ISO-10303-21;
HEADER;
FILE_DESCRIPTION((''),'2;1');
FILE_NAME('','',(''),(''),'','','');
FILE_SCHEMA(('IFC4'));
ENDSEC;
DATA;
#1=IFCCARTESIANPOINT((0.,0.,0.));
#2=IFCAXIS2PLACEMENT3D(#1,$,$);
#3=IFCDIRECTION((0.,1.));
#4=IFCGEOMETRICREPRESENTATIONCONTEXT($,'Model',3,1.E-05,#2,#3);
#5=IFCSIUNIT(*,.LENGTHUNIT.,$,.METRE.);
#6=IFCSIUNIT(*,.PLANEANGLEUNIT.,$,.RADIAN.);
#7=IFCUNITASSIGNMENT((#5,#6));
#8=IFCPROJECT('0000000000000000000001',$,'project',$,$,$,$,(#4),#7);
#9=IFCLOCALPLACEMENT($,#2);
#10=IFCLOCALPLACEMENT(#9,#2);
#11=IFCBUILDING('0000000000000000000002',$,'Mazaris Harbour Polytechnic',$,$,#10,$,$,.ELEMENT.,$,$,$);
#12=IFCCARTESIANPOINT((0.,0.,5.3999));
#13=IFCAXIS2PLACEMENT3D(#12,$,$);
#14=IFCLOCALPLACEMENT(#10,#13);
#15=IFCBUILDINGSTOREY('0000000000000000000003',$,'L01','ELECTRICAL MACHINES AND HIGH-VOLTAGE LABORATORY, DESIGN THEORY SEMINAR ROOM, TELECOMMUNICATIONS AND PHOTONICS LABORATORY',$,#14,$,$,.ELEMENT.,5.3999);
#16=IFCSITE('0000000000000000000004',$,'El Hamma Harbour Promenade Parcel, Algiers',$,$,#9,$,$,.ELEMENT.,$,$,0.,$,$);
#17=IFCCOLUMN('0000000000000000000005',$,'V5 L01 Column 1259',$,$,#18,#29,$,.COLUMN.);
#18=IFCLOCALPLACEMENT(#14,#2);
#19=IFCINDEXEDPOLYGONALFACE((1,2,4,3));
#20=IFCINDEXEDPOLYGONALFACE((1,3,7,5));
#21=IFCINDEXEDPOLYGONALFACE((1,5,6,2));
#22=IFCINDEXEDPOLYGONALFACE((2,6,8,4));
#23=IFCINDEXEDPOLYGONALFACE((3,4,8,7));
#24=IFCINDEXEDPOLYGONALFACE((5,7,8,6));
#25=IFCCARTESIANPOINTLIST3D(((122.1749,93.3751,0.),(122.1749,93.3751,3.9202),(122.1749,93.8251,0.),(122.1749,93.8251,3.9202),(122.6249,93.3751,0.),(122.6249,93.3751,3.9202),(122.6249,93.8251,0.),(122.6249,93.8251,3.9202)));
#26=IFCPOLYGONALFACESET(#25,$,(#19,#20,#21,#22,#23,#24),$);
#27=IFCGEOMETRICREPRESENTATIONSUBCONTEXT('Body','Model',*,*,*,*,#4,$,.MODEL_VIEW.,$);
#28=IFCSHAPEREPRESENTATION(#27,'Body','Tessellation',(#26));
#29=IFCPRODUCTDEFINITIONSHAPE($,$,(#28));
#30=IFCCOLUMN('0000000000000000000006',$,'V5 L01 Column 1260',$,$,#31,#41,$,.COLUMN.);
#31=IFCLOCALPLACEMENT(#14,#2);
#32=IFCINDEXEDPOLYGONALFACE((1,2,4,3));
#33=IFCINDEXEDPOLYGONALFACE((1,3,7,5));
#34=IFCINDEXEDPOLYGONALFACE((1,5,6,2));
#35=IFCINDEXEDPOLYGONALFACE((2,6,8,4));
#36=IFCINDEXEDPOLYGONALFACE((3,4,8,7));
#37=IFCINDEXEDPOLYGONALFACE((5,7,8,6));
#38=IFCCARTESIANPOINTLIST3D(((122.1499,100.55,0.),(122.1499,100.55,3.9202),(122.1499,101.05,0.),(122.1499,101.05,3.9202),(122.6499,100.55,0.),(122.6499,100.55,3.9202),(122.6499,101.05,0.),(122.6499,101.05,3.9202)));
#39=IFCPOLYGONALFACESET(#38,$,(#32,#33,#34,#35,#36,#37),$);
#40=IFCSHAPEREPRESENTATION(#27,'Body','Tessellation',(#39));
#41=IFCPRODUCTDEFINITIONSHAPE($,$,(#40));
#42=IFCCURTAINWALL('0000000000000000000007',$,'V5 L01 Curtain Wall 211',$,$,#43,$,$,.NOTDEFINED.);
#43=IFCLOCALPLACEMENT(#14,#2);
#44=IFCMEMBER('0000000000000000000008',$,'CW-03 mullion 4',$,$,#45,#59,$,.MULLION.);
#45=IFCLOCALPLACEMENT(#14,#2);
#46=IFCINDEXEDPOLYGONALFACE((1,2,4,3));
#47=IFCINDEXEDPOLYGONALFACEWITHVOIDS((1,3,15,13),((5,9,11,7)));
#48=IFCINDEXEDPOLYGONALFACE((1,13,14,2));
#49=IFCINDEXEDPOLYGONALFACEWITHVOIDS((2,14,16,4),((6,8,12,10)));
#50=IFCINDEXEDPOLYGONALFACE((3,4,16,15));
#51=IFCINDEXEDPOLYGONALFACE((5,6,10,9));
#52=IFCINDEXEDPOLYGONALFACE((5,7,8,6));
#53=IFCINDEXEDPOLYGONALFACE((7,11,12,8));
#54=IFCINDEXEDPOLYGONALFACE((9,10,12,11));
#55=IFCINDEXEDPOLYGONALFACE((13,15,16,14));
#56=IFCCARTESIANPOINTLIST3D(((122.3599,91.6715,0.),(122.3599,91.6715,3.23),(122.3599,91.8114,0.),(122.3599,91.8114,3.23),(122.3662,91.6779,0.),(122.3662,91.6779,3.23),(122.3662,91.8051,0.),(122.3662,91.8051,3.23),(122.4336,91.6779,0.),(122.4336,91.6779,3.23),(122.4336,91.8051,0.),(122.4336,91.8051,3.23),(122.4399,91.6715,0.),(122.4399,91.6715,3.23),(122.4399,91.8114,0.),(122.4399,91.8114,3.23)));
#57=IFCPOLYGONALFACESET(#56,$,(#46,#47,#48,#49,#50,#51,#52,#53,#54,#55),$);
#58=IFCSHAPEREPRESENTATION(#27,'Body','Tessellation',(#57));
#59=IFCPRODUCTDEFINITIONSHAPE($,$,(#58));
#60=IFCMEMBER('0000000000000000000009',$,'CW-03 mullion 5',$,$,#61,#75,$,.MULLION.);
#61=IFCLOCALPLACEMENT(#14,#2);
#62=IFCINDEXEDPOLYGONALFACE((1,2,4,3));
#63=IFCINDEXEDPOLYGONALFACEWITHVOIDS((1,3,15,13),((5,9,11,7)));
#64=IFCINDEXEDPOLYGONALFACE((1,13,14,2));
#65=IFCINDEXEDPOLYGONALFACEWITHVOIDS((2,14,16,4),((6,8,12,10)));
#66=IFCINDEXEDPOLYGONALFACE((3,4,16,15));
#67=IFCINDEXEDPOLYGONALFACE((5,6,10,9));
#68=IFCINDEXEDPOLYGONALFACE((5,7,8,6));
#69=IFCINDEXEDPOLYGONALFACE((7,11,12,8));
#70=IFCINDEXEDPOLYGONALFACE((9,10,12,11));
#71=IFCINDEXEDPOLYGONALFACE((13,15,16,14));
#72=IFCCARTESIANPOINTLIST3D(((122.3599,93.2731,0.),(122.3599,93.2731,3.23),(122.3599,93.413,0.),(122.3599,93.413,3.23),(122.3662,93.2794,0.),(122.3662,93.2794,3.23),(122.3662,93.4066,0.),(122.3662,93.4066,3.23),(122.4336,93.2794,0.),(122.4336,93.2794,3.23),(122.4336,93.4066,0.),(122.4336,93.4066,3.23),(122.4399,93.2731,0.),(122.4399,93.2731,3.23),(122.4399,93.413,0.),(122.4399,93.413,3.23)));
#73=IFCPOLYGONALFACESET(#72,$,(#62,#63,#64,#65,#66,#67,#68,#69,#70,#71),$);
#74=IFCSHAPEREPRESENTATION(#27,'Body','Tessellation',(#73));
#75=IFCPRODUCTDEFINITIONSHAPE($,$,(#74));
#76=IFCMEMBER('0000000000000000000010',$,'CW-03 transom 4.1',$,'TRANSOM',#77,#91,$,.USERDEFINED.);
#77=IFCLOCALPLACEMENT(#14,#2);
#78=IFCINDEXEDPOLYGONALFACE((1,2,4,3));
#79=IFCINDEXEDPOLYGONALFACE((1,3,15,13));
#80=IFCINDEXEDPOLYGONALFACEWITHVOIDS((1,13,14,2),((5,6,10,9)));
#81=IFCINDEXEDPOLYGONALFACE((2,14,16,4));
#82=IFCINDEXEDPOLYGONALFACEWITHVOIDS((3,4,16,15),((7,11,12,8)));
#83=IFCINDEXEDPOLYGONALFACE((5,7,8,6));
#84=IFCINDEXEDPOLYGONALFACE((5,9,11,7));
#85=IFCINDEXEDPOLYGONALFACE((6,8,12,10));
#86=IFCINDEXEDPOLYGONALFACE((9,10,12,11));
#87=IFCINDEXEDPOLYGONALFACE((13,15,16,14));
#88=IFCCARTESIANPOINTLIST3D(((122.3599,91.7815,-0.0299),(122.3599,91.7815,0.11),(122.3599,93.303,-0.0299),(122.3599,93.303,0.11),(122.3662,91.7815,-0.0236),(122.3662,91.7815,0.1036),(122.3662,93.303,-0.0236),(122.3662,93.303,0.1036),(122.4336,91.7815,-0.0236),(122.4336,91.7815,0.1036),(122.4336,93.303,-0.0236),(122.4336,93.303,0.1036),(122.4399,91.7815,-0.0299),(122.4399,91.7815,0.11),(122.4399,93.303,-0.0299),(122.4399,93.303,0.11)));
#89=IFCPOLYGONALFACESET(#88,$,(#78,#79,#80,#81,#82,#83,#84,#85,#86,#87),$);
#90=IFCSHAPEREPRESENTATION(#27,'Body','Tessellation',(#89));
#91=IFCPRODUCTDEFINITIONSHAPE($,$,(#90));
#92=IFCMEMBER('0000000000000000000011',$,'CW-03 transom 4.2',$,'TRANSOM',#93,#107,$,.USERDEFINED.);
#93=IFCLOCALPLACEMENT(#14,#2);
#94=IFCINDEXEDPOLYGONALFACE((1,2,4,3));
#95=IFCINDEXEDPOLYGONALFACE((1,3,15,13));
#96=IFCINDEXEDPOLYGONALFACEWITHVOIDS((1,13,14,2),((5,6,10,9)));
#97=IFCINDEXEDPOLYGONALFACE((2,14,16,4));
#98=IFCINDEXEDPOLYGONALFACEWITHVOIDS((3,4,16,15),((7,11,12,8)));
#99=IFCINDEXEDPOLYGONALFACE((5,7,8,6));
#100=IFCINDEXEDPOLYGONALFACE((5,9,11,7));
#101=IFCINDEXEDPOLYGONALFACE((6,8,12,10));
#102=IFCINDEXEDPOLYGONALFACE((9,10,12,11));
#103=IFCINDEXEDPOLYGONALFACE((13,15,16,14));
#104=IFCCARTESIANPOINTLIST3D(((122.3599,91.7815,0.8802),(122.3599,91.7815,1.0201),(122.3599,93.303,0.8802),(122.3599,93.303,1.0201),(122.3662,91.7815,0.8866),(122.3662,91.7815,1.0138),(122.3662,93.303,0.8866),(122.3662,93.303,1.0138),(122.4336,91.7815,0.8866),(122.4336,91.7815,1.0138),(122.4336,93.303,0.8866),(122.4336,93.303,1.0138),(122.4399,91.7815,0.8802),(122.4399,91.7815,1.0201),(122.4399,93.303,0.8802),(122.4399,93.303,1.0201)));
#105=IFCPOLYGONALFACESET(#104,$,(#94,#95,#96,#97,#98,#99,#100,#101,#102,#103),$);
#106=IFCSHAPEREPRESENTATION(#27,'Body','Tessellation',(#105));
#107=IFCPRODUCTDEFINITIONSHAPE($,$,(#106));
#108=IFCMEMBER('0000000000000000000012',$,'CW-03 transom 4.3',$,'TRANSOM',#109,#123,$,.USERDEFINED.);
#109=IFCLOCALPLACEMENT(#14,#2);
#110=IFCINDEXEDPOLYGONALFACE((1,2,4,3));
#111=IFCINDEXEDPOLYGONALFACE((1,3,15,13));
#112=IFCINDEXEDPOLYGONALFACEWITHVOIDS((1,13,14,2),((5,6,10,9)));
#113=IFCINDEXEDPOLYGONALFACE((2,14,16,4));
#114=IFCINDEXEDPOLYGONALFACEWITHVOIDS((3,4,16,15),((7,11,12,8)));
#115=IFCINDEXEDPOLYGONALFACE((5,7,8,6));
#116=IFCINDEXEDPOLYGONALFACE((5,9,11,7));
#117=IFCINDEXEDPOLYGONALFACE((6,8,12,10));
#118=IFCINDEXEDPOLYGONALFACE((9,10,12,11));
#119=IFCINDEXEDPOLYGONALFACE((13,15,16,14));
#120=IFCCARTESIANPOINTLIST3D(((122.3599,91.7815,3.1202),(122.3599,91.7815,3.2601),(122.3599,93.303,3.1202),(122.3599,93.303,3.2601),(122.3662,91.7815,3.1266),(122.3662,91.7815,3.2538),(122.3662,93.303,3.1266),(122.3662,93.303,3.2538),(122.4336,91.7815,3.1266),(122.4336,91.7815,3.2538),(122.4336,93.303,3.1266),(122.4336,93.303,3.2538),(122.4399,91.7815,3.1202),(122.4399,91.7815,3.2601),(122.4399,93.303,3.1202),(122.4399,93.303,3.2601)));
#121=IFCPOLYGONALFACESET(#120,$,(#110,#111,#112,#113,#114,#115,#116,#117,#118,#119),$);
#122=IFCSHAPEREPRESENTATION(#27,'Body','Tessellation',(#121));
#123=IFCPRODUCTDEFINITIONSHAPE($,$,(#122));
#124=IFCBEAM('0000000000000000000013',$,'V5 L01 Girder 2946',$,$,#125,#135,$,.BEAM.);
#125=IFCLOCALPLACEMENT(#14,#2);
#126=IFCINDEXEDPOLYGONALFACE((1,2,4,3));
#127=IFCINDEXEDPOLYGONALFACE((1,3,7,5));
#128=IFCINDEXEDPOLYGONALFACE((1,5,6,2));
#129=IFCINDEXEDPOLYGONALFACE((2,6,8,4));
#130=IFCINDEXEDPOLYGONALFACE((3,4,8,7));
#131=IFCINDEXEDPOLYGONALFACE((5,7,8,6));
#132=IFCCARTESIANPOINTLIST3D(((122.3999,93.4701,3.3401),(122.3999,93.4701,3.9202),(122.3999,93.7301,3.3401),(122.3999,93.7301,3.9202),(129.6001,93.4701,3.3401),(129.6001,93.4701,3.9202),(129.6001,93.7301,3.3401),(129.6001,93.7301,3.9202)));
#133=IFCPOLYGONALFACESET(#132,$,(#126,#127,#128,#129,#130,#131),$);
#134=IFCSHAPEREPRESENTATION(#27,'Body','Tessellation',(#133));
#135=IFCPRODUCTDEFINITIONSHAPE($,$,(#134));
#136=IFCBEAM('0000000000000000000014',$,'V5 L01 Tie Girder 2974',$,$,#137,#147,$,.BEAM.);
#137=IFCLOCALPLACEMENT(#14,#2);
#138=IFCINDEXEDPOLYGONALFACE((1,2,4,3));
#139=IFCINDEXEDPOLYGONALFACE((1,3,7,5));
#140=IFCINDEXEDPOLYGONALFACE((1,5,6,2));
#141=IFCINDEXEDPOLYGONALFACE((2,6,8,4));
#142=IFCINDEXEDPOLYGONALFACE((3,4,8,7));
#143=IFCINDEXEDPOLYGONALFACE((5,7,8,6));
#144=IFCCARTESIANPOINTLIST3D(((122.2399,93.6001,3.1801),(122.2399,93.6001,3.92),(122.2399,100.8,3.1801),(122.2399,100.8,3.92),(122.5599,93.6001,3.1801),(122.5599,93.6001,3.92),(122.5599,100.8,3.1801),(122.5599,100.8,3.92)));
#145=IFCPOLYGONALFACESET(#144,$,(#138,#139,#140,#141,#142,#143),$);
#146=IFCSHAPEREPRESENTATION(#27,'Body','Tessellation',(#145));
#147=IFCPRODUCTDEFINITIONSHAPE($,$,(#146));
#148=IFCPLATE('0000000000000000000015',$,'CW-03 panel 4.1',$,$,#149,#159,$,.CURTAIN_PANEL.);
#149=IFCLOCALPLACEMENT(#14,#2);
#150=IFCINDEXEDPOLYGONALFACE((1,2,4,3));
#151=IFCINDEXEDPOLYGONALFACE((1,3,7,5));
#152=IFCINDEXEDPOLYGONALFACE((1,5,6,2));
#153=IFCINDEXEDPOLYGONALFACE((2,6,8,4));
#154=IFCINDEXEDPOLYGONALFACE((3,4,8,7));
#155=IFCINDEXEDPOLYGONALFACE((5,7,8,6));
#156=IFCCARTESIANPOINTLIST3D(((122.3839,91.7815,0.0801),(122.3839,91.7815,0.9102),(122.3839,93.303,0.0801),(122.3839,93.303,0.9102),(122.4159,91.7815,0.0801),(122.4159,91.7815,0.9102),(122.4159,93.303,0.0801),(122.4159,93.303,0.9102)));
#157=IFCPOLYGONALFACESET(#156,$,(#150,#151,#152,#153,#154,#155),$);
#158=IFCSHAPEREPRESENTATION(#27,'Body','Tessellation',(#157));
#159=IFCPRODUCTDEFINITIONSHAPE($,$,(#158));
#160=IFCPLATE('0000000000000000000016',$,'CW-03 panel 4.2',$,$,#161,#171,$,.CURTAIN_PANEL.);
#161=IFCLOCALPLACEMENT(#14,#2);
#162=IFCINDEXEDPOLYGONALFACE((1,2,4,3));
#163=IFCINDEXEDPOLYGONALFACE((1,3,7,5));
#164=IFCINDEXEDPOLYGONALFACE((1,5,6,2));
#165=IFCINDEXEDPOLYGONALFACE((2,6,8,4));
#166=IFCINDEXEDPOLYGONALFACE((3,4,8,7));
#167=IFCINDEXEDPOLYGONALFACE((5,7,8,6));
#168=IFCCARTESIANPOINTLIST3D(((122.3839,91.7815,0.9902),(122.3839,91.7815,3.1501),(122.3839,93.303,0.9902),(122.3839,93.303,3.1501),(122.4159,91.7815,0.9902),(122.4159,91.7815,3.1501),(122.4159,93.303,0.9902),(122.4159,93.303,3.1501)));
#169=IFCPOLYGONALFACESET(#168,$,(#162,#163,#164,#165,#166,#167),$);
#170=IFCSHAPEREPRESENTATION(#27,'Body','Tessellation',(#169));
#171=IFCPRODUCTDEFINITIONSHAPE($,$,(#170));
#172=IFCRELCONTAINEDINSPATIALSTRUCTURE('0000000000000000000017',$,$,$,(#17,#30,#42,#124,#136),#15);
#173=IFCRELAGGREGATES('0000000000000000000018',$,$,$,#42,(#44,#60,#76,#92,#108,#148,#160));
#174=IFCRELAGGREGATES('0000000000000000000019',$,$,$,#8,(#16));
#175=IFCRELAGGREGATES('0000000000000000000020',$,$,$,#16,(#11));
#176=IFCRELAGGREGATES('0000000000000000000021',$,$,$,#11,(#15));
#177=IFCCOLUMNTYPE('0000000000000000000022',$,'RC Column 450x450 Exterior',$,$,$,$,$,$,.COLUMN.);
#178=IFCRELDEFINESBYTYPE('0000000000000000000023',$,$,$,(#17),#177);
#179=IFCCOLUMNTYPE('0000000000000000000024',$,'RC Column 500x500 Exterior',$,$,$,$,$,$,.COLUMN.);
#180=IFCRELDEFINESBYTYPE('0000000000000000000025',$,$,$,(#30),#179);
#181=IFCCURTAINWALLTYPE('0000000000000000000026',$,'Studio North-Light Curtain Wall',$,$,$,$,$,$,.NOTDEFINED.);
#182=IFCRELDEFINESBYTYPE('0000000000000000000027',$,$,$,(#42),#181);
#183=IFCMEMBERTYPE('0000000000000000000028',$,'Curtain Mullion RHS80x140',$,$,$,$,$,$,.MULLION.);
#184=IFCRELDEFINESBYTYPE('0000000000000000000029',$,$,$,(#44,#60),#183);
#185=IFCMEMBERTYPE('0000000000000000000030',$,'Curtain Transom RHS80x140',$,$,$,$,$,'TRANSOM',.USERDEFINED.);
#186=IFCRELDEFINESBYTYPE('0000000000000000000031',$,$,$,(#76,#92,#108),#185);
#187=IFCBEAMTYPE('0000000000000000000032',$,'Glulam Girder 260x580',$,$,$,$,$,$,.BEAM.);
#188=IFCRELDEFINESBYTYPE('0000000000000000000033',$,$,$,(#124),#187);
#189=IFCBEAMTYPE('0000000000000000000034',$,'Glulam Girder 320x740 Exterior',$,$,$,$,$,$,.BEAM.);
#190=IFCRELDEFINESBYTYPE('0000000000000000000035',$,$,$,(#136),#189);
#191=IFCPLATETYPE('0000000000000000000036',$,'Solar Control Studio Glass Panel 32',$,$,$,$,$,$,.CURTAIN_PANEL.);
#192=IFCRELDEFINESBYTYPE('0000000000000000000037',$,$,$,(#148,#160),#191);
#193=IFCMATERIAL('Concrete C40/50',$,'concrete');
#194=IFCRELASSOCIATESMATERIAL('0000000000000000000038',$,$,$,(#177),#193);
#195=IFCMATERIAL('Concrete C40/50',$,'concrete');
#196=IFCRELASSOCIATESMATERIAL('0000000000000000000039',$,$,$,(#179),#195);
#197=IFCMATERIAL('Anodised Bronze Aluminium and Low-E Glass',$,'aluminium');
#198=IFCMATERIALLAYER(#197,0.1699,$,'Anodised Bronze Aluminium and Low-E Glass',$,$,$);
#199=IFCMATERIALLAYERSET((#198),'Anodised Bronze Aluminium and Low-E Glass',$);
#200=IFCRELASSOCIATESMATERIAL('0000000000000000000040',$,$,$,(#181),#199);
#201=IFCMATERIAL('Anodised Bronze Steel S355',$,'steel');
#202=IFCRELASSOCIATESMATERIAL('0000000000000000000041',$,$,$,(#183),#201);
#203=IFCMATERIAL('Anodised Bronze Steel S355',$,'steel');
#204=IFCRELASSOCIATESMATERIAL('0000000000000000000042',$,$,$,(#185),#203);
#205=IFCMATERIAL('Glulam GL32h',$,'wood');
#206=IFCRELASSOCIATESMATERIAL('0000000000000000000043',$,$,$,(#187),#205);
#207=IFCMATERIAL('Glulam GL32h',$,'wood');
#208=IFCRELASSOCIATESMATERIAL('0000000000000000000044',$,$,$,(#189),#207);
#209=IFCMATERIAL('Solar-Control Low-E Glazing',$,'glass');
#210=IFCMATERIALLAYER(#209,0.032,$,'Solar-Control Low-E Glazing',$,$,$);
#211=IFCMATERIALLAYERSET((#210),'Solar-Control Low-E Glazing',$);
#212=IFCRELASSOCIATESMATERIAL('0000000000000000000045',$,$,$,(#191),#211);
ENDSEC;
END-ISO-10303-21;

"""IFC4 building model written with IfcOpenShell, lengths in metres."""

from ifc_helpers import new_model, si_unit, direction, frame, origin, origin_2d, place, context, subcontext, project, spatial, rectangle, hollow_rectangle, extrude, material, layer, layer_set, material_profile, profile_set, type_object, element, aggregate, save


model = new_model("IFC4")

# Units and contexts
model_context = context("Model", 3, precision=1e-05, world=origin(), true_north=direction((0.0, 1.0)))
body_context = subcontext(model_context, "Body", "Model", "MODEL_VIEW")
ifc_project = project(units=[si_unit("LENGTHUNIT", "METRE"), si_unit("PLANEANGLEUNIT", "RADIAN")], contexts=[model_context])

# Site, building, storey
site_placement = place(None, origin())
site = spatial("IfcSite", under=ifc_project, at=site_placement, Name="El Hamma Harbour Promenade Parcel, Algiers", CompositionType="ELEMENT", RefElevation=0.0)
building_placement = place(site_placement, origin())
building = spatial("IfcBuilding", under=site, at=building_placement, Name="Mazaris Harbour Polytechnic", CompositionType="ELEMENT")
storey_placement = place(building_placement, frame((0.0, 0.0, 5.3999)))
storey = spatial("IfcBuildingStorey", under=building, at=storey_placement, Name="L01", Description="ELECTRICAL MACHINES AND HIGH-VOLTAGE LABORATORY, DESIGN THEORY SEMINAR ROOM, TELECOMMUNICATIONS AND PHOTONICS LABORATORY", CompositionType="ELEMENT", Elevation=5.3999)

# Columns
ifc_material_1 = material(Name="Concrete C40/50", Category="concrete")
ifc_material_profile_1 = material_profile(ifc_material_1, rectangle(XDim=0.45, YDim=0.45, at=origin_2d()), Name="RECT450x450")
ifc_profile_set_1 = profile_set([ifc_material_profile_1], Name="Concrete C40/50")
column_type_1 = type_object("IfcColumnType", Name="RC Column 450x450 Exterior", PredefinedType="COLUMN", material=ifc_profile_set_1)
column_1_placement = place(storey_placement, frame((122.3999, 93.6001, 0.0), z_axis=(0.0, 0.0, 1.0), x_axis=(1.0, 0.0, 0.0)))
element("IfcColumn", 1, at=column_1_placement, inside=storey, type_object=column_type_1, Name="V5 L01 Column 1259", PredefinedType="COLUMN", context=body_context, shape_type="SweptSolid", body=[
    extrude(rectangle(XDim=0.45, YDim=0.45, at=origin_2d()), origin(), (0.0, 0.0, 1.0), 3.9202),
])
ifc_material_2 = material(Name="Concrete C40/50", Category="concrete")
ifc_material_profile_2 = material_profile(ifc_material_2, rectangle(XDim=0.5, YDim=0.5, at=origin_2d()), Name="RECT500x500")
ifc_profile_set_2 = profile_set([ifc_material_profile_2], Name="Concrete C40/50")
column_type_2 = type_object("IfcColumnType", Name="RC Column 500x500 Exterior", PredefinedType="COLUMN", material=ifc_profile_set_2)
column_2_placement = place(storey_placement, frame((122.3999, 100.8, 0.0), z_axis=(0.0, 0.0, 1.0), x_axis=(1.0, 0.0, 0.0)))
element("IfcColumn", 2, at=column_2_placement, inside=storey, type_object=column_type_2, Name="V5 L01 Column 1260", PredefinedType="COLUMN", context=body_context, shape_type="SweptSolid", body=[
    extrude(rectangle(XDim=0.5, YDim=0.5, at=origin_2d()), origin(), (0.0, 0.0, 1.0), 3.9202),
])

# Curtain wall, members
ifc_material_3 = material(Name="Anodised Bronze Aluminium and Low-E Glass", Category="aluminium")
ifc_layer_1 = layer(ifc_material_3, 0.1699, Name="Anodised Bronze Aluminium and Low-E Glass")
ifc_layer_set_1 = layer_set([ifc_layer_1], Name="Anodised Bronze Aluminium and Low-E Glass")
curtain_wall_type = type_object("IfcCurtainWallType", Name="Studio North-Light Curtain Wall", PredefinedType="NOTDEFINED", material=ifc_layer_set_1)
curtain_wall_placement = place(storey_placement, origin())
curtain_wall = element("IfcCurtainWall", 3, at=curtain_wall_placement, inside=storey, type_object=curtain_wall_type, Name="V5 L01 Curtain Wall 211", PredefinedType="NOTDEFINED")
ifc_material_4 = material(Name="Anodised Bronze Steel S355", Category="steel")
ifc_material_profile_3 = material_profile(ifc_material_4, hollow_rectangle(XDim=0.0801, YDim=0.1399, WallThickness=0.0063, at=origin_2d()), Name="RHS 80x140x6.3")
ifc_profile_set_3 = profile_set([ifc_material_profile_3], Name="Anodised Bronze Steel S355")
member_type_1 = type_object("IfcMemberType", Name="Curtain Mullion RHS80x140", PredefinedType="MULLION", material=ifc_profile_set_3)
member_1_placement = place(storey_placement, frame((122.3999, 91.7415, 0.0), z_axis=(0.0, 0.0, 1.0), x_axis=(-1.0, 0.0, 0.0)))
member_1 = element("IfcMember", 4, at=member_1_placement, type_object=member_type_1, Name="CW-03 mullion 4", PredefinedType="MULLION", context=body_context, shape_type="SweptSolid", body=[
    extrude(hollow_rectangle(XDim=0.0801, YDim=0.1399, WallThickness=0.0063, at=origin_2d()), origin(), (0.0, 0.0, 1.0), 3.23),
])
member_2_placement = place(storey_placement, frame((122.3999, 93.343, 0.0), z_axis=(0.0, 0.0, 1.0), x_axis=(-1.0, 0.0, 0.0)))
member_2 = element("IfcMember", 5, at=member_2_placement, type_object=member_type_1, Name="CW-03 mullion 5", PredefinedType="MULLION", context=body_context, shape_type="SweptSolid", body=[
    extrude(hollow_rectangle(XDim=0.0801, YDim=0.1399, WallThickness=0.0063, at=origin_2d()), origin(), (0.0, 0.0, 1.0), 3.23),
])
ifc_material_5 = material(Name="Anodised Bronze Steel S355", Category="steel")
ifc_material_profile_4 = material_profile(ifc_material_5, hollow_rectangle(XDim=0.0801, YDim=0.1399, WallThickness=0.0063, at=origin_2d()), Name="RHS 80x140x6.3")
ifc_profile_set_4 = profile_set([ifc_material_profile_4], Name="Anodised Bronze Steel S355")
member_type_2 = type_object("IfcMemberType", Name="Curtain Transom RHS80x140", ElementType="TRANSOM", PredefinedType="USERDEFINED", material=ifc_profile_set_4)
member_3_placement = place(storey_placement, frame((122.3999, 91.7815, 0.04), z_axis=(0.0, 1.0, 0.0), x_axis=(-1.0, 0.0, 0.0)))
member_3 = element("IfcMember", 6, at=member_3_placement, type_object=member_type_2, Name="CW-03 transom 4.1", ObjectType="TRANSOM", PredefinedType="USERDEFINED", context=body_context, shape_type="SweptSolid", body=[
    extrude(hollow_rectangle(XDim=0.0801, YDim=0.1399, WallThickness=0.0063, at=origin_2d()), origin(), (0.0, 0.0, 1.0), 1.5215),
])
member_4_placement = place(storey_placement, frame((122.3999, 91.7815, 0.9502), z_axis=(0.0, 1.0, 0.0), x_axis=(-1.0, 0.0, 0.0)))
member_4 = element("IfcMember", 7, at=member_4_placement, type_object=member_type_2, Name="CW-03 transom 4.2", ObjectType="TRANSOM", PredefinedType="USERDEFINED", context=body_context, shape_type="SweptSolid", body=[
    extrude(hollow_rectangle(XDim=0.0801, YDim=0.1399, WallThickness=0.0063, at=origin_2d()), origin(), (0.0, 0.0, 1.0), 1.5215),
])
member_5_placement = place(storey_placement, frame((122.3999, 91.7815, 3.1902), z_axis=(0.0, 1.0, 0.0), x_axis=(-1.0, 0.0, 0.0)))
member_5 = element("IfcMember", 8, at=member_5_placement, type_object=member_type_2, Name="CW-03 transom 4.3", ObjectType="TRANSOM", PredefinedType="USERDEFINED", context=body_context, shape_type="SweptSolid", body=[
    extrude(hollow_rectangle(XDim=0.0801, YDim=0.1399, WallThickness=0.0063, at=origin_2d()), origin(), (0.0, 0.0, 1.0), 1.5215),
])

# Beams
ifc_material_6 = material(Name="Glulam GL32h", Category="wood")
ifc_material_profile_5 = material_profile(ifc_material_6, rectangle(XDim=0.26, YDim=0.5801, at=origin_2d()), Name="RECT260x580")
ifc_profile_set_5 = profile_set([ifc_material_profile_5], Name="Glulam GL32h")
beam_type_1 = type_object("IfcBeamType", Name="Glulam Girder 260x580", PredefinedType="BEAM", material=ifc_profile_set_5)
beam_1_placement = place(storey_placement, frame((122.3999, 93.6001, 3.6301), z_axis=(1.0, 0.0, 0.0), x_axis=(0.0, 1.0, 0.0)))
element("IfcBeam", 9, at=beam_1_placement, inside=storey, type_object=beam_type_1, Name="V5 L01 Girder 2946", PredefinedType="BEAM", context=body_context, shape_type="SweptSolid", body=[
    extrude(rectangle(XDim=0.26, YDim=0.5801, at=origin_2d()), origin(), (0.0, 0.0, 1.0), 7.2002),
])
ifc_material_7 = material(Name="Glulam GL32h", Category="wood")
ifc_material_profile_6 = material_profile(ifc_material_7, rectangle(XDim=0.3201, YDim=0.74, at=origin_2d()), Name="RECT320x740")
ifc_profile_set_6 = profile_set([ifc_material_profile_6], Name="Glulam GL32h")
beam_type_2 = type_object("IfcBeamType", Name="Glulam Girder 320x740 Exterior", PredefinedType="BEAM", material=ifc_profile_set_6)
beam_2_placement = place(storey_placement, frame((122.3999, 93.6001, 3.55), z_axis=(0.0, 1.0, 0.0), x_axis=(-1.0, 0.0, 0.0)))
element("IfcBeam", 10, at=beam_2_placement, inside=storey, type_object=beam_type_2, Name="V5 L01 Tie Girder 2974", PredefinedType="BEAM", context=body_context, shape_type="SweptSolid", body=[
    extrude(rectangle(XDim=0.3201, YDim=0.74, at=origin_2d()), origin(), (0.0, 0.0, 1.0), 7.2),
])

# Plates
ifc_material_8 = material(Name="Solar-Control Low-E Glazing", Category="glass")
ifc_layer_2 = layer(ifc_material_8, 0.032, Name="Solar-Control Low-E Glazing")
ifc_layer_set_2 = layer_set([ifc_layer_2], Name="Solar-Control Low-E Glazing")
plate_type = type_object("IfcPlateType", Name="Solar Control Studio Glass Panel 32", PredefinedType="CURTAIN_PANEL", material=ifc_layer_set_2)
plate_1_placement = place(storey_placement, frame((122.3999, 92.5422, 0.0801), z_axis=(0.0, 0.0, 1.0), x_axis=(0.0, 1.0, 0.0)))
plate_1 = element("IfcPlate", 11, at=plate_1_placement, type_object=plate_type, Name="CW-03 panel 4.1", PredefinedType="CURTAIN_PANEL", context=body_context, shape_type="SweptSolid", body=[
    extrude(rectangle(XDim=1.5215, YDim=0.032, at=origin_2d()), origin(), (0.0, 0.0, 1.0), 0.8301),
])
plate_2_placement = place(storey_placement, frame((122.3999, 92.5422, 0.9902), z_axis=(0.0, 0.0, 1.0), x_axis=(0.0, 1.0, 0.0)))
plate_2 = element("IfcPlate", 12, at=plate_2_placement, type_object=plate_type, Name="CW-03 panel 4.2", PredefinedType="CURTAIN_PANEL", context=body_context, shape_type="SweptSolid", body=[
    extrude(rectangle(XDim=1.5215, YDim=0.032, at=origin_2d()), origin(), (0.0, 0.0, 1.0), 2.1599),
])
aggregate(curtain_wall, [member_1, member_2, member_3, member_4, member_5, plate_1, plate_2])

save(model, "model.ifc")
